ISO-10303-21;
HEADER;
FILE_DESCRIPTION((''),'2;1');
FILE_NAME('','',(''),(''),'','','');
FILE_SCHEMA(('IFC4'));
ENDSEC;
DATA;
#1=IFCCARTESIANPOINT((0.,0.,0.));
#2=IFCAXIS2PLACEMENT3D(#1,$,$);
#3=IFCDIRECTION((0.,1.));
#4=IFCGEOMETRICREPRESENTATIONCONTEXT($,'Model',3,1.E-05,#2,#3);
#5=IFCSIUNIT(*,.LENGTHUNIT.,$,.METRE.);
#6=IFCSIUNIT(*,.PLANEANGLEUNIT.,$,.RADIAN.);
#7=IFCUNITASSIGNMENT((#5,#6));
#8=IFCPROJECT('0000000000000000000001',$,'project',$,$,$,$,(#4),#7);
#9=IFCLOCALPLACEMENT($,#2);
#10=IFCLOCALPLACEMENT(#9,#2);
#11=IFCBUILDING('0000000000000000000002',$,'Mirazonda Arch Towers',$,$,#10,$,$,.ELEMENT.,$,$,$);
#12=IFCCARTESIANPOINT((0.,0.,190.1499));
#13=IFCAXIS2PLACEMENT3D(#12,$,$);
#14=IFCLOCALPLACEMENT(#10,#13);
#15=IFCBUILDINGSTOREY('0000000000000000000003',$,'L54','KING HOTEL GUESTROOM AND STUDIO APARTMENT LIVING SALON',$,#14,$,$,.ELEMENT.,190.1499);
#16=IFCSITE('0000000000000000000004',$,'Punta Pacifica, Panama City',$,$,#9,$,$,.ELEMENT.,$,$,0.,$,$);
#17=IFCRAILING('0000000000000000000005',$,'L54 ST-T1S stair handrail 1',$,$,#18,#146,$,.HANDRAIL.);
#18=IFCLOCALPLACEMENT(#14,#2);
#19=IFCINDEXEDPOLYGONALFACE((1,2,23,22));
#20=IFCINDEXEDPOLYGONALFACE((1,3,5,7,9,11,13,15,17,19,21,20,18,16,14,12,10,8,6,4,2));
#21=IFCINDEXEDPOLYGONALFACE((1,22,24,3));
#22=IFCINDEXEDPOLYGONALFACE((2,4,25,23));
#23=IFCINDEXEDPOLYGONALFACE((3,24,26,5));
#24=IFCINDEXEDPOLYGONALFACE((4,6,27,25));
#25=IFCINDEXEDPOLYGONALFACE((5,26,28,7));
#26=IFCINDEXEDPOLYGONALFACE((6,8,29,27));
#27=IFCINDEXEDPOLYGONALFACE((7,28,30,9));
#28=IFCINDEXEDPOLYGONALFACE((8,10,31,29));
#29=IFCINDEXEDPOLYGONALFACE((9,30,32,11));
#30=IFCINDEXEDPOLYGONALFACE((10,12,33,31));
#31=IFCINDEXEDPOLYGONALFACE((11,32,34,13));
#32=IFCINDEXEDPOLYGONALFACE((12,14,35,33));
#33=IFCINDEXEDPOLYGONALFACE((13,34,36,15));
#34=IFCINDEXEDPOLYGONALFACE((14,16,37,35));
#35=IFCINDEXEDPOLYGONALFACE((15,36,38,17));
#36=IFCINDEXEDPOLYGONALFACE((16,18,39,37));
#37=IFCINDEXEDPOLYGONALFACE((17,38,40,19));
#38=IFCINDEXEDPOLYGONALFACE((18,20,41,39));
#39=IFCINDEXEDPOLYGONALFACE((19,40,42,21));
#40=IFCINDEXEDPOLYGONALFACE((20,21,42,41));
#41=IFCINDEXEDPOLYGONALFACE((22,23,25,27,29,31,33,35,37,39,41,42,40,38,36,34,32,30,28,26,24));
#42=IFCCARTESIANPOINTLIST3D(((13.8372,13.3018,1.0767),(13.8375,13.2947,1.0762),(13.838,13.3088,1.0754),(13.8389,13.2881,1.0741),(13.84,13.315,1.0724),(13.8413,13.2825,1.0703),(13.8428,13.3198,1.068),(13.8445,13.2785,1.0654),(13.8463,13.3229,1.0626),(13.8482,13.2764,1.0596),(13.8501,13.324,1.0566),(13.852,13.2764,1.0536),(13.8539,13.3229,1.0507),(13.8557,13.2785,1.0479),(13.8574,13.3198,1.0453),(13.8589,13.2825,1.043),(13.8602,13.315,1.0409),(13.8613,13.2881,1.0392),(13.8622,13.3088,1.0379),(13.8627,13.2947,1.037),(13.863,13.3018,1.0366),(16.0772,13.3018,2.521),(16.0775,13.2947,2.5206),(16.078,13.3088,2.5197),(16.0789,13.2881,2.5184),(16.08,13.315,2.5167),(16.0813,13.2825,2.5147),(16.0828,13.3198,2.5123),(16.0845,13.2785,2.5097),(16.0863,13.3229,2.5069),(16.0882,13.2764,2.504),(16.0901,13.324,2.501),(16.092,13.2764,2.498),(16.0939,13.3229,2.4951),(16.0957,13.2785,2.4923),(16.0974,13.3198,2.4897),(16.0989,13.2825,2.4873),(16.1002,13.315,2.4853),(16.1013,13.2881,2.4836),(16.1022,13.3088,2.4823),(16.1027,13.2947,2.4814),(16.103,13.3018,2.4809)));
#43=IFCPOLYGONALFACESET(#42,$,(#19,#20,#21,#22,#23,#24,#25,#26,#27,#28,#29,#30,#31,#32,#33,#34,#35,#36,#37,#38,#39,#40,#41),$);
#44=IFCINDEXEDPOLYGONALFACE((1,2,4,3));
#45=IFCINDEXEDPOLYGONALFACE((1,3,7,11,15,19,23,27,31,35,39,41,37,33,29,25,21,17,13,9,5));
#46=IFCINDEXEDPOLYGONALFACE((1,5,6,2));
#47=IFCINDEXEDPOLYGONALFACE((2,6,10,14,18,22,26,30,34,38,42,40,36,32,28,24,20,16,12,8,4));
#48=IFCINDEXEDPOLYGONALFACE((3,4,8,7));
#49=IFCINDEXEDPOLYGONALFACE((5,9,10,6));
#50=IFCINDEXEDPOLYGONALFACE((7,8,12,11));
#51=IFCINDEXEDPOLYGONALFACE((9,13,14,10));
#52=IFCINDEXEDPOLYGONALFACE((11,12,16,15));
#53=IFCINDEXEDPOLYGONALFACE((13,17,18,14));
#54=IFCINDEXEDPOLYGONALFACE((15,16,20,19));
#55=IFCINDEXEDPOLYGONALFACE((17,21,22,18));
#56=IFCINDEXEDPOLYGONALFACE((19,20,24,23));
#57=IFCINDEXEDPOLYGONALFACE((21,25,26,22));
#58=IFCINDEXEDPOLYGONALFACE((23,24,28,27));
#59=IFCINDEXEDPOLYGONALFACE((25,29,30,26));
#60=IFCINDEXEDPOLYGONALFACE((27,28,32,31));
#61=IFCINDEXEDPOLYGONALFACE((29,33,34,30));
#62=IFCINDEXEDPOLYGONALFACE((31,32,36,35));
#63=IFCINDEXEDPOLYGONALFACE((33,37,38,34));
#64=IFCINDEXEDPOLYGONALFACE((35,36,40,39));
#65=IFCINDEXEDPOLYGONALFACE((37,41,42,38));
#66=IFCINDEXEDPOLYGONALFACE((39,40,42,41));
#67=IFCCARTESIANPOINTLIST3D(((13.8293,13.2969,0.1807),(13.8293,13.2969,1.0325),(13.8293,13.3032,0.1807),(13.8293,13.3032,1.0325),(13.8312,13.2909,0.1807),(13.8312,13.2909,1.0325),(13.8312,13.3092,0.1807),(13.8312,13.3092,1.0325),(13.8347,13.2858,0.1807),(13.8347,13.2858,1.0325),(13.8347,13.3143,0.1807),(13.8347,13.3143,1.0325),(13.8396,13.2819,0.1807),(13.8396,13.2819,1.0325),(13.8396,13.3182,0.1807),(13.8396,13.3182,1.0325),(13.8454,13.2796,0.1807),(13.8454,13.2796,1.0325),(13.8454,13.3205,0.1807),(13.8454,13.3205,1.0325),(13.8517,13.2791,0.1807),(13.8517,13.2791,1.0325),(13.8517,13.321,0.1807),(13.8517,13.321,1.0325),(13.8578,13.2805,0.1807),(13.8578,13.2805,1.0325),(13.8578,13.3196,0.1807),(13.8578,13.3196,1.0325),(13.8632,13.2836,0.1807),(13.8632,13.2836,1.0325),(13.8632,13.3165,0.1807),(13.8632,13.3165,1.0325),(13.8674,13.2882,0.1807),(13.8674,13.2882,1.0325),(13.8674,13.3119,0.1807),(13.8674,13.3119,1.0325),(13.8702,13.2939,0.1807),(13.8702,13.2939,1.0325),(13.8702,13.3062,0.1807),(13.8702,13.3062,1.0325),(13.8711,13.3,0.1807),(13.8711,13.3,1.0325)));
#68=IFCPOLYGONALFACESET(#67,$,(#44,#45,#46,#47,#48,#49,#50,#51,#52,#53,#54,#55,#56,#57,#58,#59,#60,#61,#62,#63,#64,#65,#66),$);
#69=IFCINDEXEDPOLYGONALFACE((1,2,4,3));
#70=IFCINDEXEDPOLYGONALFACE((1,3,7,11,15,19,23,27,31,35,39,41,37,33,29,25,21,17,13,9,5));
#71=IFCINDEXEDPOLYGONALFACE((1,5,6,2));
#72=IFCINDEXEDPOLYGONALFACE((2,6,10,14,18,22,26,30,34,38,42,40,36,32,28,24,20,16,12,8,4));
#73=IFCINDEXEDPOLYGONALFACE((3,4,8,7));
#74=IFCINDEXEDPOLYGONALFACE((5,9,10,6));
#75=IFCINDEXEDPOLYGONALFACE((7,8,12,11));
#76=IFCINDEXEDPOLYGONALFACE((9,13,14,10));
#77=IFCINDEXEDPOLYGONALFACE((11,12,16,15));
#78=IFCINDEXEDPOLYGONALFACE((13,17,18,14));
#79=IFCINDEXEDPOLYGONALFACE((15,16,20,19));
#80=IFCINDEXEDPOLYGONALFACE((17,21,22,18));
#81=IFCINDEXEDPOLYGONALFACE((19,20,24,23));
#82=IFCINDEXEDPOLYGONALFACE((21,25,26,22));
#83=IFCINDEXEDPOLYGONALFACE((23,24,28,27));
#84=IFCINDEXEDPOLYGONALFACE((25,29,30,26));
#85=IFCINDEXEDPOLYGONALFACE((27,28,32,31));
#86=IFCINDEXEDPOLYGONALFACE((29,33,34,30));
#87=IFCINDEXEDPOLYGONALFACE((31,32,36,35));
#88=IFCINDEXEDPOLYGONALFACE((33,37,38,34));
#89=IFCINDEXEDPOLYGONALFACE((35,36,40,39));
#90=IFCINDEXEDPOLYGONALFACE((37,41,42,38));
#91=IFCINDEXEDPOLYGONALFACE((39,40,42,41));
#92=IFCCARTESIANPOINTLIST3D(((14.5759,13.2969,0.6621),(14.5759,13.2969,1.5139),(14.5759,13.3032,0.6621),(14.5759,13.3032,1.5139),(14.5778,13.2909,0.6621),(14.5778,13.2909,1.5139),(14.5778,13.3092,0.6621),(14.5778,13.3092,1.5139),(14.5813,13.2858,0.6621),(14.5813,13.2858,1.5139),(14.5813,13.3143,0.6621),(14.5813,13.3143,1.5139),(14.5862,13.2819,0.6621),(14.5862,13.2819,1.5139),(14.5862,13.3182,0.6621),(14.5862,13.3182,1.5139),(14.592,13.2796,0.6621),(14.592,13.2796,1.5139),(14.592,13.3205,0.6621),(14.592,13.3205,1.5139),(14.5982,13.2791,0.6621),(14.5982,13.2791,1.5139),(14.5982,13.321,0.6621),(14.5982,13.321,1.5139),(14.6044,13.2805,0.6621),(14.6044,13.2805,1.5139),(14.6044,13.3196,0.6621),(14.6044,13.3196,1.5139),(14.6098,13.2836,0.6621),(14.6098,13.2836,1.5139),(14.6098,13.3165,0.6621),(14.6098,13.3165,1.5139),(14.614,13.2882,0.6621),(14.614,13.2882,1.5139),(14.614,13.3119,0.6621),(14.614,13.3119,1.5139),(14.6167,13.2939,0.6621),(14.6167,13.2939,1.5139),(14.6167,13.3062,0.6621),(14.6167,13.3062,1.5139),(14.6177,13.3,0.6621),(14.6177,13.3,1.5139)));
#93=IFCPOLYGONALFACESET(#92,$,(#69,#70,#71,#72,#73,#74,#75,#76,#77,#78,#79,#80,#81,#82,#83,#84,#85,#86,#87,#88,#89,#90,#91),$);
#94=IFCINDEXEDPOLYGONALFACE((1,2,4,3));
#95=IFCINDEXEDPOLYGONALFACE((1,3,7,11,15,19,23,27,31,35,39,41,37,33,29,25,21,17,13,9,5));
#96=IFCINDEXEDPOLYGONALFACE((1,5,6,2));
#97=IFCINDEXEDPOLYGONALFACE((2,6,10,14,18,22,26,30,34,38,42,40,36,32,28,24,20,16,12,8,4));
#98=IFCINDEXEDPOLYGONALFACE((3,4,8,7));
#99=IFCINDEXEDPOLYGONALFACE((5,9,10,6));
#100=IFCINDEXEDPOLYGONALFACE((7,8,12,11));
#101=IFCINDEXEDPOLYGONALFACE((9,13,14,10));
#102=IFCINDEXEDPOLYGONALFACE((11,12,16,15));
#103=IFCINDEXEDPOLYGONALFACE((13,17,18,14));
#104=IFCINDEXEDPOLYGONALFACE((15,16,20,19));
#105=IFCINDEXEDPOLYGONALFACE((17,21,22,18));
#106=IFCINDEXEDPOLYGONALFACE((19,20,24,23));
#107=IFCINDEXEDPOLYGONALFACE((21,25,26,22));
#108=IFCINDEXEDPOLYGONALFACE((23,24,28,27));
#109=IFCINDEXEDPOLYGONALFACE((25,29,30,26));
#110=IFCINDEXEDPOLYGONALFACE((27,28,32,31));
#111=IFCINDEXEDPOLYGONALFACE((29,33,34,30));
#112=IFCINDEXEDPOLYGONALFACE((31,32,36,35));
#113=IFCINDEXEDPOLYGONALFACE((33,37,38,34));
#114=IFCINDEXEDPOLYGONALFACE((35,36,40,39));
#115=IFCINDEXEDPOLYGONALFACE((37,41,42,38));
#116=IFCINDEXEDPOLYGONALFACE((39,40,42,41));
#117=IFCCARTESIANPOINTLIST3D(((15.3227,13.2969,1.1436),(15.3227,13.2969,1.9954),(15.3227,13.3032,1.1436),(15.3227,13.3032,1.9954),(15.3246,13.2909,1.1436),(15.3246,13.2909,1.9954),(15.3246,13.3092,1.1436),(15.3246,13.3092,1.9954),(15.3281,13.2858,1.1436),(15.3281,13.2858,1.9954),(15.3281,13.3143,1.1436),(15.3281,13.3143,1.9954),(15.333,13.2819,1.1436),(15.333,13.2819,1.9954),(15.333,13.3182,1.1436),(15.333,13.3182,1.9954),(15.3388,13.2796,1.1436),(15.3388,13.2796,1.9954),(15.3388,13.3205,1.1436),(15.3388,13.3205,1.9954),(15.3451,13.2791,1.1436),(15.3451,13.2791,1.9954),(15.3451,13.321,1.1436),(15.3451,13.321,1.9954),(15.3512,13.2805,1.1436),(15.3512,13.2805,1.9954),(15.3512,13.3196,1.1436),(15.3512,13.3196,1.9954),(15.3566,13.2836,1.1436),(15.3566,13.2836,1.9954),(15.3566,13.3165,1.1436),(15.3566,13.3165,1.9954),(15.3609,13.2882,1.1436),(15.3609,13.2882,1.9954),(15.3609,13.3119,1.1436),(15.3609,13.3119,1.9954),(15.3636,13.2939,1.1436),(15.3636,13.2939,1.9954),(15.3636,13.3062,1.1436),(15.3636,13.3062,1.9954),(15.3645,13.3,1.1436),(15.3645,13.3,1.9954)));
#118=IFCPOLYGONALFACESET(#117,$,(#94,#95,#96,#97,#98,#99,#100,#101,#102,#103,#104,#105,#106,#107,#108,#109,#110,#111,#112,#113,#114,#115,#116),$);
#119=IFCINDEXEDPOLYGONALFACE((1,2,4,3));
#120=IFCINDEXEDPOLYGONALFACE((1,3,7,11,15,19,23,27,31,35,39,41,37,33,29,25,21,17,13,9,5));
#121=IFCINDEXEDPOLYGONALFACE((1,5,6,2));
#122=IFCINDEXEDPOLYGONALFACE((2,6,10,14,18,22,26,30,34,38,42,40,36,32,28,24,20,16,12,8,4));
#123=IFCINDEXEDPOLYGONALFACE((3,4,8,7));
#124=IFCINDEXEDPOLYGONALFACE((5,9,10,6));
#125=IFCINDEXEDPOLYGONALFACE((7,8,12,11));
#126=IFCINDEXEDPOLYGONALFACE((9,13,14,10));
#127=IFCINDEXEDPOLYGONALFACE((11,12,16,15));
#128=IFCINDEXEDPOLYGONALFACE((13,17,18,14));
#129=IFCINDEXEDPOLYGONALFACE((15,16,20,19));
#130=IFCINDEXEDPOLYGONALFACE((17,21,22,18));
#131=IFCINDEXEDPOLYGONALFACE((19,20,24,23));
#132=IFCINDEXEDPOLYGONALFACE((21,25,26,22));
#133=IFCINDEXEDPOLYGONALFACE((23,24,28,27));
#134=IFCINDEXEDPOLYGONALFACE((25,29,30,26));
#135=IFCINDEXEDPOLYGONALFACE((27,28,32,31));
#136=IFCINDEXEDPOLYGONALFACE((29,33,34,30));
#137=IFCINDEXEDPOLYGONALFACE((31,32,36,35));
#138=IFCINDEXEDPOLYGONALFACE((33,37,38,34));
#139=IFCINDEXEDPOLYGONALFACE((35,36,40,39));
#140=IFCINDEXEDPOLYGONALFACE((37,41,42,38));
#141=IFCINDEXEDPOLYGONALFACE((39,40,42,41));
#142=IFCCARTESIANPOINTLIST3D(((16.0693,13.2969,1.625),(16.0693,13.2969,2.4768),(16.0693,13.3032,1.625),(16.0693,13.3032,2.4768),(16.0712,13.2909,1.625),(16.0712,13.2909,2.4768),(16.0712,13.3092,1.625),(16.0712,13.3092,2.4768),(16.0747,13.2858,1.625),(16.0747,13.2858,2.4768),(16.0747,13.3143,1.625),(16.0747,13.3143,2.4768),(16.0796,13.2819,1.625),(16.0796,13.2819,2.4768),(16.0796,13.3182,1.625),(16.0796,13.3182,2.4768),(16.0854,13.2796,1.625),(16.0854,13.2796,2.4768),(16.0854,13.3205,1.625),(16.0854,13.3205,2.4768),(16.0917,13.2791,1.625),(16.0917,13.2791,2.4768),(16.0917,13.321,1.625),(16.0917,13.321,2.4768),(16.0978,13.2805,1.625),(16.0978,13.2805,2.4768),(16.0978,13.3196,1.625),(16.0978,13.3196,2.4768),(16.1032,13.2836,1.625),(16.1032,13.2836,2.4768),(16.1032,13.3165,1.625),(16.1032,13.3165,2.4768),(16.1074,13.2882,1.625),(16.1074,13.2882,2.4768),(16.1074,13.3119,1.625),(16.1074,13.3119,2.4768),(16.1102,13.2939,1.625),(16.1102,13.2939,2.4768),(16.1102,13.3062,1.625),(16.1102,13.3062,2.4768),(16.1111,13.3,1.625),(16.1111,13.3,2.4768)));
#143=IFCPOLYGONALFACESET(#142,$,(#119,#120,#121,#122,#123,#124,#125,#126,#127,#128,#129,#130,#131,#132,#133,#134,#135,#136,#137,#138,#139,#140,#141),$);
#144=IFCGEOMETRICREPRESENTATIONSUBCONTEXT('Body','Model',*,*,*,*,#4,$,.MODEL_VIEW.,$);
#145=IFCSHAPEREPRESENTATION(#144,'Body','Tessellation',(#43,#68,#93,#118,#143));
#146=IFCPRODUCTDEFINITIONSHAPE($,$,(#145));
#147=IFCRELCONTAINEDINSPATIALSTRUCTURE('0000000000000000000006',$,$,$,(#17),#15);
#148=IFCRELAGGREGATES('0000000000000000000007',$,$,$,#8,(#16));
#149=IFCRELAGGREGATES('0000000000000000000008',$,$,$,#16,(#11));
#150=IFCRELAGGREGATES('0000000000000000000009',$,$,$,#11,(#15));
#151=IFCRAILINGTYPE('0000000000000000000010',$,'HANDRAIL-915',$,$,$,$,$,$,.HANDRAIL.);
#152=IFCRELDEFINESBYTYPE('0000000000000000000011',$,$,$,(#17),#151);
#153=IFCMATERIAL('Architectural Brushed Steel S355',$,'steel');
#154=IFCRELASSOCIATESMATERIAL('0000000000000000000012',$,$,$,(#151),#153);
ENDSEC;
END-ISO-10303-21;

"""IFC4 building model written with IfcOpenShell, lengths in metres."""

from ifc_helpers import new_model, si_unit, direction, frame, origin, origin_2d, place, context, subcontext, project, spatial, circle, extrude, material, type_object, element, save


model = new_model("IFC4")

# Units and contexts
model_context = context("Model", 3, precision=1e-05, world=origin(), true_north=direction((0.0, 1.0)))
body_context = subcontext(model_context, "Body", "Model", "MODEL_VIEW")
ifc_project = project(units=[si_unit("LENGTHUNIT", "METRE"), si_unit("PLANEANGLEUNIT", "RADIAN")], contexts=[model_context])

# Site, building, storey
site_placement = place(None, origin())
site = spatial("IfcSite", under=ifc_project, at=site_placement, Name="Punta Pacifica, Panama City", CompositionType="ELEMENT", RefElevation=0.0)
building_placement = place(site_placement, origin())
building = spatial("IfcBuilding", under=site, at=building_placement, Name="Mirazonda Arch Towers", CompositionType="ELEMENT")
storey_placement = place(building_placement, frame((0.0, 0.0, 190.1499)))
storey = spatial("IfcBuildingStorey", under=building, at=storey_placement, Name="L54", Description="KING HOTEL GUESTROOM AND STUDIO APARTMENT LIVING SALON", CompositionType="ELEMENT", Elevation=190.1499)

# Shared definitions
ifc_material_1 = material(Name="Architectural Brushed Steel S355", Category="steel")

# Railing
railing_type_1 = type_object("IfcRailingType", Name="HANDRAIL-915", PredefinedType="HANDRAIL", material=ifc_material_1)
railing_1_placement = place(storey_placement, frame((13.8501, 13.3, 0.1807)))
element("IfcRailing", 1, at=railing_1_placement, inside=storey, type_object=railing_type_1, Name="L54 ST-T1S stair handrail 1", PredefinedType="HANDRAIL", context=body_context, shape_type="SweptSolid", body=[
    extrude(circle(Radius=0.0239, at=origin_2d()), frame((0.0, 0.0, 0.876), z_axis=(0.840437, 0.0, 0.54191), x_axis=(0.0, 1.0, 0.0)), (0.0, 0.0, 1.0), 2.6653),
    extrude(circle(Radius=0.021, at=origin_2d()), origin(), (0.0, 0.0, 1.0), 0.8518),
    extrude(circle(Radius=0.021, at=origin_2d()), frame((0.7466, 0.0, 0.4814)), (0.0, 0.0, 1.0), 0.8518),
    extrude(circle(Radius=0.021, at=origin_2d()), frame((1.4934, 0.0, 0.9629)), (0.0, 0.0, 1.0), 0.8518),
    extrude(circle(Radius=0.021, at=origin_2d()), frame((2.24, 0.0, 1.4443)), (0.0, 0.0, 1.0), 0.8518),
])

save(model, "model.ifc")
